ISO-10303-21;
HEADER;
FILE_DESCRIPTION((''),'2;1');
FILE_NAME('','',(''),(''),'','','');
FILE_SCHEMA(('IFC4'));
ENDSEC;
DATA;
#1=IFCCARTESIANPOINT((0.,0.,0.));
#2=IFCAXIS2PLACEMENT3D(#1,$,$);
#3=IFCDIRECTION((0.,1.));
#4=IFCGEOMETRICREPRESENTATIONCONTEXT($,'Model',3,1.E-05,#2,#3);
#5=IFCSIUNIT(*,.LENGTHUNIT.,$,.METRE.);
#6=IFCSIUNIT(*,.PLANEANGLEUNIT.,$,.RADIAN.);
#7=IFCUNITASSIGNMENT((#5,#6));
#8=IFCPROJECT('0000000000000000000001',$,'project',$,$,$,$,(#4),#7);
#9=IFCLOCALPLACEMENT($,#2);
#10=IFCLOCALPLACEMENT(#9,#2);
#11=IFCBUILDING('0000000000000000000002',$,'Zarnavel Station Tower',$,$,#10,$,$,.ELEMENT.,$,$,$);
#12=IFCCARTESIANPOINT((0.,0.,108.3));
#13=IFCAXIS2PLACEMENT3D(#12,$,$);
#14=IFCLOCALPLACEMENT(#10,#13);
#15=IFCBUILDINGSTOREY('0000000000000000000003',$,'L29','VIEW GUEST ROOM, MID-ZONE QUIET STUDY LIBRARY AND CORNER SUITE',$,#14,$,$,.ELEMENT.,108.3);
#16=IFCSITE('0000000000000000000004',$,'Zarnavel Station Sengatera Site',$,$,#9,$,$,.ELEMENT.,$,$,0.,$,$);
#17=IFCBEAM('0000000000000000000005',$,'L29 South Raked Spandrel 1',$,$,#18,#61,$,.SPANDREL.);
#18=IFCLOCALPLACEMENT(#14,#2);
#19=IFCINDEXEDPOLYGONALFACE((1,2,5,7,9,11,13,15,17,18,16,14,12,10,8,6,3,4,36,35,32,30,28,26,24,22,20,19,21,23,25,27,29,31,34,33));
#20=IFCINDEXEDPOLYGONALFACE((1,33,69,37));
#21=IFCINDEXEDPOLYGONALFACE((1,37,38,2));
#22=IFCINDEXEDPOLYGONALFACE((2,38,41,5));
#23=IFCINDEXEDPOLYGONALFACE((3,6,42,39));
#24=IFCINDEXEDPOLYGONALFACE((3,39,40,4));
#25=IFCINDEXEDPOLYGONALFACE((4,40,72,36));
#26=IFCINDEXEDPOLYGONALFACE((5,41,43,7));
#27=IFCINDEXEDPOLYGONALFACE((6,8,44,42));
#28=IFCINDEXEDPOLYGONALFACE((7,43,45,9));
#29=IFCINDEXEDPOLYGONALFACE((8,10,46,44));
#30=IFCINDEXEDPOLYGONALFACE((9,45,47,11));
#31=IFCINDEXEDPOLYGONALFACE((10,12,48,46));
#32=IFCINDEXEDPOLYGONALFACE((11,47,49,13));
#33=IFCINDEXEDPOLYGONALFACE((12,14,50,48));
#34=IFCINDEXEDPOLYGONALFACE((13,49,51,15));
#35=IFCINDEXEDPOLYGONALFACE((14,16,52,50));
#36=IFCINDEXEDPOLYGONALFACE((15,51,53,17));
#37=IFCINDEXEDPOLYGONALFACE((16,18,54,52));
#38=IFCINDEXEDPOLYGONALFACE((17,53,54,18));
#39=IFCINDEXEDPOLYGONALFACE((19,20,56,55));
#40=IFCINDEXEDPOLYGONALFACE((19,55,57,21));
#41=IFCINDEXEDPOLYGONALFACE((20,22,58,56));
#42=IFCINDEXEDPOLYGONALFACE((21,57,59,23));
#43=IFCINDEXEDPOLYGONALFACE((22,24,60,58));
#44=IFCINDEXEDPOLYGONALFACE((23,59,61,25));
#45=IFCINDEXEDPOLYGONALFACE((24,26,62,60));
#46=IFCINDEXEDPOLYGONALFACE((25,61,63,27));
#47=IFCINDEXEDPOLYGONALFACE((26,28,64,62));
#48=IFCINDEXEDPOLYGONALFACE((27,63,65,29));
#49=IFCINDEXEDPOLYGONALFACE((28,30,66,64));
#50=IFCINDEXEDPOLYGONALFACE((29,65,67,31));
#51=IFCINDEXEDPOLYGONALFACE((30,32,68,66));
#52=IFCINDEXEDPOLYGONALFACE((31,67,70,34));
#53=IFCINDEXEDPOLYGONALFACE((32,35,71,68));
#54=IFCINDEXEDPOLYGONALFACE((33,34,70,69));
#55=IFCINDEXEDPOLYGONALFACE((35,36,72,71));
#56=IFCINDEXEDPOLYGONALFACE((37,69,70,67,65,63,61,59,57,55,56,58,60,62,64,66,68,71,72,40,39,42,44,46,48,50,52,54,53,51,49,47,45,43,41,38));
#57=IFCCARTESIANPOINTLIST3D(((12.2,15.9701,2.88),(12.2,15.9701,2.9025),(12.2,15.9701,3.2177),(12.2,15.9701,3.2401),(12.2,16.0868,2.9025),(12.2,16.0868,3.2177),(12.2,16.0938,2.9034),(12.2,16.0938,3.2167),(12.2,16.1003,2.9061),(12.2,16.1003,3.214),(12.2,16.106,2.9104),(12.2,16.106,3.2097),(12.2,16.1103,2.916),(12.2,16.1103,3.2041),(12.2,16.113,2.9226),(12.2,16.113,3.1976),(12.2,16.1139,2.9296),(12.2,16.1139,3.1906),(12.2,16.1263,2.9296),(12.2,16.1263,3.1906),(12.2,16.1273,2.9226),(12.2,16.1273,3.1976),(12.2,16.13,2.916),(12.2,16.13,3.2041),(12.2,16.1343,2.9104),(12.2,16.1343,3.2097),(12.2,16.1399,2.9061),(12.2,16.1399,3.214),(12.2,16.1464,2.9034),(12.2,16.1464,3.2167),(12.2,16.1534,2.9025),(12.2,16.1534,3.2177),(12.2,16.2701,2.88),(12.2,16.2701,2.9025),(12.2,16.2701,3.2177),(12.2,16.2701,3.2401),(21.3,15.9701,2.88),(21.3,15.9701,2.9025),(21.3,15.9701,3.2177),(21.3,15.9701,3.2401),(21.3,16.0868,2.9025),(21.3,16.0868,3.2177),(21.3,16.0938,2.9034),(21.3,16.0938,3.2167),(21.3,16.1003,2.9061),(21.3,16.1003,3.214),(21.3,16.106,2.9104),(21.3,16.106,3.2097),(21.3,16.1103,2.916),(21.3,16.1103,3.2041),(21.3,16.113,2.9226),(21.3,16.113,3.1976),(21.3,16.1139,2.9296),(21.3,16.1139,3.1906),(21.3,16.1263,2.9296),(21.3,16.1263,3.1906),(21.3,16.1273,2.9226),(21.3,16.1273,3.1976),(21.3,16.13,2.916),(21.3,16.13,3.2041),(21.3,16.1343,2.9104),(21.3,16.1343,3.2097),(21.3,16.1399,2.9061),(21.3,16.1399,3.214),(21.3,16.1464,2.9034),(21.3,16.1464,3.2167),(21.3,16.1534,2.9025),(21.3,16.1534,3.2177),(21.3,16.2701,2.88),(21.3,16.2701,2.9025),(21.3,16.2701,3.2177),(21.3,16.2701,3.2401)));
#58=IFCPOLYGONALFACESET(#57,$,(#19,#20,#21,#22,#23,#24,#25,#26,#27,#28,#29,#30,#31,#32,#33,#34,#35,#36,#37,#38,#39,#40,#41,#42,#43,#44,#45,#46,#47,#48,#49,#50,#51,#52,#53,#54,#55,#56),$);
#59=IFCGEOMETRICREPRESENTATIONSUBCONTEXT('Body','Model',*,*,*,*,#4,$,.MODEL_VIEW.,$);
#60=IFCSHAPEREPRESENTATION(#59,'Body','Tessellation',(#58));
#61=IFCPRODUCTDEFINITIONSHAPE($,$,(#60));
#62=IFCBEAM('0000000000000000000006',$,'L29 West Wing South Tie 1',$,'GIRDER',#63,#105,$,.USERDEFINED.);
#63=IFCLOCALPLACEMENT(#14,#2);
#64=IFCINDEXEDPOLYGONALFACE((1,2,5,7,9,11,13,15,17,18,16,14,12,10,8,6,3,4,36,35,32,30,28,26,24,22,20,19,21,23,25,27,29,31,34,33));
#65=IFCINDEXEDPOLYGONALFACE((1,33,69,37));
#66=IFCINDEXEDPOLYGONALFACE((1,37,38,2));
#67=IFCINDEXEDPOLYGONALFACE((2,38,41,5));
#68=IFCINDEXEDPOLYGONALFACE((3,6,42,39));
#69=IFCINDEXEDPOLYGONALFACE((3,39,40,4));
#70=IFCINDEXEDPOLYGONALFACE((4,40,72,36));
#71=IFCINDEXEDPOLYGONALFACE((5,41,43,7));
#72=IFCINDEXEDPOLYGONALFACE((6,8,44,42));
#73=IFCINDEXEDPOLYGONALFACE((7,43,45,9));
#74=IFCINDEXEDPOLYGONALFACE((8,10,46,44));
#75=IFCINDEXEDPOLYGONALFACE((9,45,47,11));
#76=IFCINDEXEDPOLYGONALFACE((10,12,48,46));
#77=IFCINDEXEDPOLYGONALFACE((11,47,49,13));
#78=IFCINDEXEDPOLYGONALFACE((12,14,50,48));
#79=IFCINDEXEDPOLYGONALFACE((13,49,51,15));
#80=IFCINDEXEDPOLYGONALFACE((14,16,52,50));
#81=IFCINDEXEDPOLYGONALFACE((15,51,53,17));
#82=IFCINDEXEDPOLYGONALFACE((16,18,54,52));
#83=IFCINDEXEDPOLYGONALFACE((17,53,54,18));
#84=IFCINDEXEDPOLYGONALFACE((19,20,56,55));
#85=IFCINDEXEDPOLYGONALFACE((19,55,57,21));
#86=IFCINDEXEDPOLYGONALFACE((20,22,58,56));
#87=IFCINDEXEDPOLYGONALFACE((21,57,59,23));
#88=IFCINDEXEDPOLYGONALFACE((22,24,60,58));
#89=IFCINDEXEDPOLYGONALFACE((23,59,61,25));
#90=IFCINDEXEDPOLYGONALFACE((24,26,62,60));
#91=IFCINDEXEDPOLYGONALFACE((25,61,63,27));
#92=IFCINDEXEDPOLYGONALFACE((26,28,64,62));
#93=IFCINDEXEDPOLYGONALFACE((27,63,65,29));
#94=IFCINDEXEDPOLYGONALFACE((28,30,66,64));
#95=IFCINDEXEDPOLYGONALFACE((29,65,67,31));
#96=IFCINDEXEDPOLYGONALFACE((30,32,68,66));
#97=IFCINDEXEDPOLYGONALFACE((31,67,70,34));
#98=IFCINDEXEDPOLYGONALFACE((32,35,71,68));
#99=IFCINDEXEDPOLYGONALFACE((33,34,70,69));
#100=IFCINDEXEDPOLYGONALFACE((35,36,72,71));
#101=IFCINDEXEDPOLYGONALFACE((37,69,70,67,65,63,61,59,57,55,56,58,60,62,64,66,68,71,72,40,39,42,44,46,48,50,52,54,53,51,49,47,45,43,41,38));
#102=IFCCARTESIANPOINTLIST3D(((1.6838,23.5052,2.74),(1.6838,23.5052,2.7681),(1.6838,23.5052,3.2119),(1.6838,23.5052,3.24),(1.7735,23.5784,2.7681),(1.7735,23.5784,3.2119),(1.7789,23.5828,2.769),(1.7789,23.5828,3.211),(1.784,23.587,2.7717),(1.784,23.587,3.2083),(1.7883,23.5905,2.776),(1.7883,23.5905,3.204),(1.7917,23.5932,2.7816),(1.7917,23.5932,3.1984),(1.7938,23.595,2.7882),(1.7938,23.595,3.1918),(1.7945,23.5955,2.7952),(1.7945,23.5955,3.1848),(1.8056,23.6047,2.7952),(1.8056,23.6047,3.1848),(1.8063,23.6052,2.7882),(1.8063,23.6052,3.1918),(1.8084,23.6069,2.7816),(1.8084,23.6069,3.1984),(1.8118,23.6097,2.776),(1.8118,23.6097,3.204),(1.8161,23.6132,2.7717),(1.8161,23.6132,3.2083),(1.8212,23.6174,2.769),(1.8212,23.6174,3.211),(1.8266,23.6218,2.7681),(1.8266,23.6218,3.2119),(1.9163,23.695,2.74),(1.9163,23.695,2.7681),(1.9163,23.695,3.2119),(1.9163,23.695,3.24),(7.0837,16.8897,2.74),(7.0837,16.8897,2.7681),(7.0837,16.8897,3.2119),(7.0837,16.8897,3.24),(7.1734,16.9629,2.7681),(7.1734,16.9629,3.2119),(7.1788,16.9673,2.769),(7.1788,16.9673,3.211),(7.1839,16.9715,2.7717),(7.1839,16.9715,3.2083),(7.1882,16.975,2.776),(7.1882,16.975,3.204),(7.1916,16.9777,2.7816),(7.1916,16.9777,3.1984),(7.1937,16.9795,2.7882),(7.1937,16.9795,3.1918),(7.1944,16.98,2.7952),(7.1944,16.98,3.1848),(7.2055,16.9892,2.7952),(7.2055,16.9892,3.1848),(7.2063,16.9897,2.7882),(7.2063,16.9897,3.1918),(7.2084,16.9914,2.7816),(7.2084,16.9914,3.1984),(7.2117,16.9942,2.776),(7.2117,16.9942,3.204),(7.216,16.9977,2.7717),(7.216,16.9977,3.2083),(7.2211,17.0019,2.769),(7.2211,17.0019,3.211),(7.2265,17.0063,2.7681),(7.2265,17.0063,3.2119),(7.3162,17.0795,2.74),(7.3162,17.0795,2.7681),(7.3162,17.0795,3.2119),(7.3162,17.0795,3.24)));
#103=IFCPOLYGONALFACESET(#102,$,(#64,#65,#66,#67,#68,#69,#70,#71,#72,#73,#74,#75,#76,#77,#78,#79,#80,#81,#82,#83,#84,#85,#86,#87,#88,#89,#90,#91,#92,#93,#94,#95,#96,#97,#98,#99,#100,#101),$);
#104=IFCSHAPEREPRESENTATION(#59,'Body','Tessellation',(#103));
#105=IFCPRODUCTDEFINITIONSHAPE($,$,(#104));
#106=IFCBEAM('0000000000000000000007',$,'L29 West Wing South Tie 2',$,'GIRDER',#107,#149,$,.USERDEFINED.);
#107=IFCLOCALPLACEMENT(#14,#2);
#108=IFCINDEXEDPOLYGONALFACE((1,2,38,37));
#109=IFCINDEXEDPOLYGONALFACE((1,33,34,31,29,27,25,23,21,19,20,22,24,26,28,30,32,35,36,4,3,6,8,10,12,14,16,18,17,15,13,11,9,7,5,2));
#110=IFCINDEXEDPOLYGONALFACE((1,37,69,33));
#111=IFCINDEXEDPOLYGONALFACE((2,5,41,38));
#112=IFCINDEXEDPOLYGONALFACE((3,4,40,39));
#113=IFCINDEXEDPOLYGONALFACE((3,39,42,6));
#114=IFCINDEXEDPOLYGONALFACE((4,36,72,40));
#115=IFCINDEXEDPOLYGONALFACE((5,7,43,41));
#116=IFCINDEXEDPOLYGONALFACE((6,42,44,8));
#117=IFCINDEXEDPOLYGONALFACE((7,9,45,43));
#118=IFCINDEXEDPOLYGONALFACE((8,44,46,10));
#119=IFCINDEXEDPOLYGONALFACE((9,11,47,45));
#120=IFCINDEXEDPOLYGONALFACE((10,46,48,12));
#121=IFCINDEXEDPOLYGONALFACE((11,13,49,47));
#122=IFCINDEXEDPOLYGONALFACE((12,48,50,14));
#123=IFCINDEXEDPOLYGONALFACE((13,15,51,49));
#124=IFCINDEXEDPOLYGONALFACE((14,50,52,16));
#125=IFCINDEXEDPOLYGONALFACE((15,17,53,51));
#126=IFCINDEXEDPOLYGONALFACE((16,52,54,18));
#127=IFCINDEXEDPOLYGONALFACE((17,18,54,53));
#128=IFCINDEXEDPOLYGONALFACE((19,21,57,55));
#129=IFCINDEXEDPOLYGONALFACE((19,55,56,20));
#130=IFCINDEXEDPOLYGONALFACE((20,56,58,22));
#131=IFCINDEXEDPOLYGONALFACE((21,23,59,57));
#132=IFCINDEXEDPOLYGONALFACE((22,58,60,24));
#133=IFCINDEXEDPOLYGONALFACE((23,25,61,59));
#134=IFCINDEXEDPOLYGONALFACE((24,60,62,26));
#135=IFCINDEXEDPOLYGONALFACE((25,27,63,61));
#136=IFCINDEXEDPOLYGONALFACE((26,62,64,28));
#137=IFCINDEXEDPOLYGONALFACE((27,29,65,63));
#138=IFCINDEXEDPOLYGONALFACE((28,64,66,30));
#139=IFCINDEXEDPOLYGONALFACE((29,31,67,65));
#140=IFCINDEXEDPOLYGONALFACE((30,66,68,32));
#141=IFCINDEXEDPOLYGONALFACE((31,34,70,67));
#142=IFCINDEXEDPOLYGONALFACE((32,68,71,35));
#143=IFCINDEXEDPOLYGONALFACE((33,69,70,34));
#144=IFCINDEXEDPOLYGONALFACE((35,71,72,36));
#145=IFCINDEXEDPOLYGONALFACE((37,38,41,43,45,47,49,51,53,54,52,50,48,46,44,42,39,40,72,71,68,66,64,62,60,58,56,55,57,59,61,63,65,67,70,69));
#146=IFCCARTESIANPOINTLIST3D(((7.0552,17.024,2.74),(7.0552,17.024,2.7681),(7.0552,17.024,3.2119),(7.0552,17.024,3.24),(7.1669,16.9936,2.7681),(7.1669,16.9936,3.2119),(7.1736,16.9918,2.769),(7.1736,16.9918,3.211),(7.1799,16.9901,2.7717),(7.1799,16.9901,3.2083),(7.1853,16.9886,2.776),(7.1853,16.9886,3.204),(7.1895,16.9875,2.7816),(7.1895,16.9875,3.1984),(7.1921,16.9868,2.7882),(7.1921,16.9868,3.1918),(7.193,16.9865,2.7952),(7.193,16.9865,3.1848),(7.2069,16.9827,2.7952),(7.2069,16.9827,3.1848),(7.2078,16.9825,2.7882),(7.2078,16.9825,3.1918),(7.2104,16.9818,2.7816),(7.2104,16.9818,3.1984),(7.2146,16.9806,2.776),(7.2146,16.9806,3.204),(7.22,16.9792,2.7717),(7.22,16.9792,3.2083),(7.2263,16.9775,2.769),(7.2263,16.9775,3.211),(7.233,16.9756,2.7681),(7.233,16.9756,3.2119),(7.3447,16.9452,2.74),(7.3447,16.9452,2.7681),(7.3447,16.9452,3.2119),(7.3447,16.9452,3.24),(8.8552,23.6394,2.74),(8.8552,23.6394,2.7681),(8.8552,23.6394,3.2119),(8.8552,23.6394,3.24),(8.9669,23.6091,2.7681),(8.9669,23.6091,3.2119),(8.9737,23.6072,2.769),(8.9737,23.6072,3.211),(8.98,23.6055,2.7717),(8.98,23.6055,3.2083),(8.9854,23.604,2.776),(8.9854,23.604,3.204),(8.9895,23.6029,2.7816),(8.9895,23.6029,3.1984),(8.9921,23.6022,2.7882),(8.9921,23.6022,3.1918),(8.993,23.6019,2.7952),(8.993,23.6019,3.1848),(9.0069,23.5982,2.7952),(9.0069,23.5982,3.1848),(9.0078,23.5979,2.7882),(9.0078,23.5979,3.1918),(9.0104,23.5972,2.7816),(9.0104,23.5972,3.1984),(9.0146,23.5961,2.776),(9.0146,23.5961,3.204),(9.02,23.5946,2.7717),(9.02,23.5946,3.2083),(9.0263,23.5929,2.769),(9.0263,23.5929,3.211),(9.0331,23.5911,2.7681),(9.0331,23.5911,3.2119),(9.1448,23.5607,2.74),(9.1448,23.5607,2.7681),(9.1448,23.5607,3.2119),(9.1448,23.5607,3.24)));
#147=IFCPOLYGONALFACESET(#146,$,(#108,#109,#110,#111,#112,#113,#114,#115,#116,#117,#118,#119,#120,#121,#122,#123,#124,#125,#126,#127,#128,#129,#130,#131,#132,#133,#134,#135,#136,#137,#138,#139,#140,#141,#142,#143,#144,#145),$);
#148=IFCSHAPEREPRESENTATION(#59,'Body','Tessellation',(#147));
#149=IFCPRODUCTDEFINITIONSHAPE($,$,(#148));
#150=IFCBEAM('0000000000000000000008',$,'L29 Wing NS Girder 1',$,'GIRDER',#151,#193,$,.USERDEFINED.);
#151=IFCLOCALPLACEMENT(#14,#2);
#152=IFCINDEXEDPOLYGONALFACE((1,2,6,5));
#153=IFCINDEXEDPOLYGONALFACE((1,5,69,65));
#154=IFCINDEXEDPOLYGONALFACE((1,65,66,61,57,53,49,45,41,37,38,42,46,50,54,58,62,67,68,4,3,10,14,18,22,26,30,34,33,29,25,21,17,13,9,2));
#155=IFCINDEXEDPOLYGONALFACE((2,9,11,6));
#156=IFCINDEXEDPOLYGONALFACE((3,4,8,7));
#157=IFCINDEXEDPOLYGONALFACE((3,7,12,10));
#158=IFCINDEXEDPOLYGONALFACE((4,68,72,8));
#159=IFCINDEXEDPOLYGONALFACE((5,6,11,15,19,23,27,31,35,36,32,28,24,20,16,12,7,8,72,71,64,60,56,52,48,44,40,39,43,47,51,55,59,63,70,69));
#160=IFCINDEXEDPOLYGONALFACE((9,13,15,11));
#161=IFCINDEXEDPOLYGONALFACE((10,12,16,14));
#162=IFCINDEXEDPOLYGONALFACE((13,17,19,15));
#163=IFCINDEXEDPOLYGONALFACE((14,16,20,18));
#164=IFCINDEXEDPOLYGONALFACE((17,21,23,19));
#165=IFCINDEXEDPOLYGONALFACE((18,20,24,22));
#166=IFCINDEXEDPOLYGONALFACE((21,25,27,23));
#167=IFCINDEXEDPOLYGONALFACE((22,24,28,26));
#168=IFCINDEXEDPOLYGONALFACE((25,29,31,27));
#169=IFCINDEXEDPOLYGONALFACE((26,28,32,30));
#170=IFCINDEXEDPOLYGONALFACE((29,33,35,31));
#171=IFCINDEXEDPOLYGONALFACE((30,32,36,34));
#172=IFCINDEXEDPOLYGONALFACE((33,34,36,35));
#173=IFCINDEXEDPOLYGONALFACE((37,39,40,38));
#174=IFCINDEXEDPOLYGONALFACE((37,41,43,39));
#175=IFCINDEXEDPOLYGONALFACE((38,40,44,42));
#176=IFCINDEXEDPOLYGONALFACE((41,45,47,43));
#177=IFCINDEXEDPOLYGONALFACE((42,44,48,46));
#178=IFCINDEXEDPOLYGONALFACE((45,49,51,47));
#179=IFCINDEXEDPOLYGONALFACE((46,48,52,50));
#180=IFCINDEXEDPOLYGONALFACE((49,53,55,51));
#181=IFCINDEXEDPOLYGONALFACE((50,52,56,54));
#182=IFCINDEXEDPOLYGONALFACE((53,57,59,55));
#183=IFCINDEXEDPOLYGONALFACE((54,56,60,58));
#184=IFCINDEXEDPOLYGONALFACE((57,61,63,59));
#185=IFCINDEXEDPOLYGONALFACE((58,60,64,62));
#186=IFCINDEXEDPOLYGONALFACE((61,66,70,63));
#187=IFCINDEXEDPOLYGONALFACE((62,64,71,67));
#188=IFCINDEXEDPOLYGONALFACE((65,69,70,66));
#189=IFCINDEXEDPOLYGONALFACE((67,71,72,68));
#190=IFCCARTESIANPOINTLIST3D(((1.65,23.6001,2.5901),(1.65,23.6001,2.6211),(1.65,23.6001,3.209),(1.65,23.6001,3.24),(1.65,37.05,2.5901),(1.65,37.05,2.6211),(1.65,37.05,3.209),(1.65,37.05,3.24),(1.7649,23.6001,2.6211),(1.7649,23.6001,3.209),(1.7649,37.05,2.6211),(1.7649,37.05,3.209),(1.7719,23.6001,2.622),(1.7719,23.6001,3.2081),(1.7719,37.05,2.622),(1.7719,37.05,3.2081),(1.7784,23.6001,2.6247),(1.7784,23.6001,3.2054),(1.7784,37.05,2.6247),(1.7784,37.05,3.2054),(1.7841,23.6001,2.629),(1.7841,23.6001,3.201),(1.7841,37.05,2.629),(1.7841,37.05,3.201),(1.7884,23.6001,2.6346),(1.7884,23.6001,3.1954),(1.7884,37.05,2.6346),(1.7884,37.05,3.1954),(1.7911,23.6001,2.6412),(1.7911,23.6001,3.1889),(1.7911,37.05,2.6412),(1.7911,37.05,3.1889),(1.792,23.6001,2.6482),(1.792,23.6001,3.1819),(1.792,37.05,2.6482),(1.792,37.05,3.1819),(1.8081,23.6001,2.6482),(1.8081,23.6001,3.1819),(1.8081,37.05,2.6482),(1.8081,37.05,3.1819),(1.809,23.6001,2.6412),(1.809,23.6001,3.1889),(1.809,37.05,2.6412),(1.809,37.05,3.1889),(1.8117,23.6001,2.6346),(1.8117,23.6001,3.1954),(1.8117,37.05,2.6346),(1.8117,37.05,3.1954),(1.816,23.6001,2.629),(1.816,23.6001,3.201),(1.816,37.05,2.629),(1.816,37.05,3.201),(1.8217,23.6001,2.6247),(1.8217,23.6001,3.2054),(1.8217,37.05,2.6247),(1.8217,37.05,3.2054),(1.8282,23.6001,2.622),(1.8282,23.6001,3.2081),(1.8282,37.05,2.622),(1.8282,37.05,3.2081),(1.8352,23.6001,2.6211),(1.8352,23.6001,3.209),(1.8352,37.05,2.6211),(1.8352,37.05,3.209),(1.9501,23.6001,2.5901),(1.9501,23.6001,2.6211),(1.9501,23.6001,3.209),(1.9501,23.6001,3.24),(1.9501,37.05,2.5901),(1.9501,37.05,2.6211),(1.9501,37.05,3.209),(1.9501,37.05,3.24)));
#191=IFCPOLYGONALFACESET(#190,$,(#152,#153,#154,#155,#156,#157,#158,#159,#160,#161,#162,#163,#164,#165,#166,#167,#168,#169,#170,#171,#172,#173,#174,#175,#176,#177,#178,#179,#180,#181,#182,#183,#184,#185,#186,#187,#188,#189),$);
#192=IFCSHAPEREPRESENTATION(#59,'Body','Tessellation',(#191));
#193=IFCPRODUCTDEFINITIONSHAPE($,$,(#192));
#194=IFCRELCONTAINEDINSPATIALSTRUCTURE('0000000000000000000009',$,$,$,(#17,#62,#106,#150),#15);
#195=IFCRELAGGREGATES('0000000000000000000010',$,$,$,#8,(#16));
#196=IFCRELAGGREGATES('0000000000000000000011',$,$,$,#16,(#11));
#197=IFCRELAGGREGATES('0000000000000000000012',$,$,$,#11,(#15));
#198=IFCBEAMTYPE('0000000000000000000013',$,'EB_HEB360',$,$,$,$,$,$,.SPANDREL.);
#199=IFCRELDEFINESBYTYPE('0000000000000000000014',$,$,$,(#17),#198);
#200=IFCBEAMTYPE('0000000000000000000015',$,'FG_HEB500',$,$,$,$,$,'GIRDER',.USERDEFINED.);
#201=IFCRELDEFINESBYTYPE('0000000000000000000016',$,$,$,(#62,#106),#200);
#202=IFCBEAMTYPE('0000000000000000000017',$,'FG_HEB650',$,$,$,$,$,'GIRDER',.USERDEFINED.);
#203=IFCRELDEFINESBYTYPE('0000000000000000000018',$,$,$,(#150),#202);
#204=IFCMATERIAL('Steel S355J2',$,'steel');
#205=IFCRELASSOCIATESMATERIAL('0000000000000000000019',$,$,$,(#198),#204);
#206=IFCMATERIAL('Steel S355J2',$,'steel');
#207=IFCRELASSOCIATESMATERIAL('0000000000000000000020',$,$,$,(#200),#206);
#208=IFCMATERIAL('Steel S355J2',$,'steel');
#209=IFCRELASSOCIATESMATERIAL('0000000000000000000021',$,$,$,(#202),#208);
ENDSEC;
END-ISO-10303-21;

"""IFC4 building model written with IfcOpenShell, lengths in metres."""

from ifc_helpers import new_model, si_unit, direction, frame, origin, origin_2d, place, context, subcontext, project, spatial, i_section, extrude, material, material_profile, profile_set, type_object, element, save


model = new_model("IFC4")

# Units and contexts
model_context = context("Model", 3, precision=1e-05, world=origin(), true_north=direction((0.0, 1.0)))
body_context = subcontext(model_context, "Body", "Model", "MODEL_VIEW")
ifc_project = project(units=[si_unit("LENGTHUNIT", "METRE"), si_unit("PLANEANGLEUNIT", "RADIAN")], contexts=[model_context])

# Site, building, storey
site_placement = place(None, origin())
site = spatial("IfcSite", under=ifc_project, at=site_placement, Name="Zarnavel Station Sengatera Site", CompositionType="ELEMENT", RefElevation=0.0)
building_placement = place(site_placement, origin())
building = spatial("IfcBuilding", under=site, at=building_placement, Name="Zarnavel Station Tower", CompositionType="ELEMENT")
storey_placement = place(building_placement, frame((0.0, 0.0, 108.3)))
storey = spatial("IfcBuildingStorey", under=building, at=storey_placement, Name="L29", Description="VIEW GUEST ROOM, MID-ZONE QUIET STUDY LIBRARY AND CORNER SUITE", CompositionType="ELEMENT", Elevation=108.3)

# Beams
ifc_material_1 = material(Name="Steel S355J2", Category="steel")
ifc_material_profile_1 = material_profile(ifc_material_1, i_section(OverallWidth=0.3, OverallDepth=0.3601, WebThickness=0.0125, FlangeThickness=0.0225, FilletRadius=0.0271, at=origin_2d()), Name="HEB360")
ifc_profile_set_1 = profile_set([ifc_material_profile_1], Name="Steel S355J2")
beam_type_1 = type_object("IfcBeamType", Name="EB_HEB360", PredefinedType="SPANDREL", material=ifc_profile_set_1)
beam_1_placement = place(storey_placement, frame((12.2, 16.1201, 3.0601), z_axis=(1.0, 0.0, 0.0), x_axis=(0.0, 1.0, 0.0)))
element("IfcBeam", 1, at=beam_1_placement, inside=storey, type_object=beam_type_1, Name="L29 South Raked Spandrel 1", PredefinedType="SPANDREL", context=body_context, shape_type="SweptSolid", body=[
    extrude(i_section(OverallWidth=0.3, OverallDepth=0.3601, WebThickness=0.0125, FlangeThickness=0.0225, FilletRadius=0.0271, at=origin_2d()), origin(), (0.0, 0.0, 1.0), 9.1001),
])
ifc_material_2 = material(Name="Steel S355J2", Category="steel")
ifc_material_profile_2 = material_profile(ifc_material_2, i_section(OverallWidth=0.3, OverallDepth=0.5, WebThickness=0.0144, FlangeThickness=0.0281, FilletRadius=0.0271, at=origin_2d()), Name="HEB500")
ifc_profile_set_2 = profile_set([ifc_material_profile_2], Name="Steel S355J2")
beam_type_2 = type_object("IfcBeamType", Name="FG_HEB500", ElementType="GIRDER", PredefinedType="USERDEFINED", material=ifc_profile_set_2)
beam_2_placement = place(storey_placement, frame((1.8, 23.6001, 2.99), z_axis=(0.632342, -0.774689, 0.0), x_axis=(0.774689, 0.632342, 0.0)))
element("IfcBeam", 2, at=beam_2_placement, inside=storey, type_object=beam_type_2, Name="L29 West Wing South Tie 1", ObjectType="GIRDER", PredefinedType="USERDEFINED", context=body_context, shape_type="SweptSolid", body=[
    extrude(i_section(OverallWidth=0.3, OverallDepth=0.5, WebThickness=0.0144, FlangeThickness=0.0281, FilletRadius=0.0271, at=origin_2d()), origin(), (0.0, 0.0, 1.0), 8.5396),
])
beam_3_placement = place(storey_placement, frame((7.2, 16.9846, 2.99), z_axis=(0.262551, 0.964918, 0.0), x_axis=(-0.964918, 0.262551, 0.0)))
element("IfcBeam", 3, at=beam_3_placement, inside=storey, type_object=beam_type_2, Name="L29 West Wing South Tie 2", ObjectType="GIRDER", PredefinedType="USERDEFINED", context=body_context, shape_type="SweptSolid", body=[
    extrude(i_section(OverallWidth=0.3, OverallDepth=0.5, WebThickness=0.0144, FlangeThickness=0.0281, FilletRadius=0.0271, at=origin_2d()), origin(), (0.0, 0.0, 1.0), 6.856),
])
ifc_material_3 = material(Name="Steel S355J2", Category="steel")
ifc_material_profile_3 = material_profile(ifc_material_3, i_section(OverallWidth=0.3, OverallDepth=0.6499, WebThickness=0.0161, FlangeThickness=0.031, FilletRadius=0.0271, at=origin_2d()), Name="HEB650")
ifc_profile_set_3 = profile_set([ifc_material_profile_3], Name="Steel S355J2")
beam_type_3 = type_object("IfcBeamType", Name="FG_HEB650", ElementType="GIRDER", PredefinedType="USERDEFINED", material=ifc_profile_set_3)
beam_4_placement = place(storey_placement, frame((1.8, 23.6001, 2.915), z_axis=(0.0, 1.0, 0.0), x_axis=(-1.0, 0.0, 0.0)))
element("IfcBeam", 4, at=beam_4_placement, inside=storey, type_object=beam_type_3, Name="L29 Wing NS Girder 1", ObjectType="GIRDER", PredefinedType="USERDEFINED", context=body_context, shape_type="SweptSolid", body=[
    extrude(i_section(OverallWidth=0.3, OverallDepth=0.6499, WebThickness=0.0161, FlangeThickness=0.031, FilletRadius=0.0271, at=origin_2d()), origin(), (0.0, 0.0, 1.0), 13.45),
])

save(model, "model.ifc")
